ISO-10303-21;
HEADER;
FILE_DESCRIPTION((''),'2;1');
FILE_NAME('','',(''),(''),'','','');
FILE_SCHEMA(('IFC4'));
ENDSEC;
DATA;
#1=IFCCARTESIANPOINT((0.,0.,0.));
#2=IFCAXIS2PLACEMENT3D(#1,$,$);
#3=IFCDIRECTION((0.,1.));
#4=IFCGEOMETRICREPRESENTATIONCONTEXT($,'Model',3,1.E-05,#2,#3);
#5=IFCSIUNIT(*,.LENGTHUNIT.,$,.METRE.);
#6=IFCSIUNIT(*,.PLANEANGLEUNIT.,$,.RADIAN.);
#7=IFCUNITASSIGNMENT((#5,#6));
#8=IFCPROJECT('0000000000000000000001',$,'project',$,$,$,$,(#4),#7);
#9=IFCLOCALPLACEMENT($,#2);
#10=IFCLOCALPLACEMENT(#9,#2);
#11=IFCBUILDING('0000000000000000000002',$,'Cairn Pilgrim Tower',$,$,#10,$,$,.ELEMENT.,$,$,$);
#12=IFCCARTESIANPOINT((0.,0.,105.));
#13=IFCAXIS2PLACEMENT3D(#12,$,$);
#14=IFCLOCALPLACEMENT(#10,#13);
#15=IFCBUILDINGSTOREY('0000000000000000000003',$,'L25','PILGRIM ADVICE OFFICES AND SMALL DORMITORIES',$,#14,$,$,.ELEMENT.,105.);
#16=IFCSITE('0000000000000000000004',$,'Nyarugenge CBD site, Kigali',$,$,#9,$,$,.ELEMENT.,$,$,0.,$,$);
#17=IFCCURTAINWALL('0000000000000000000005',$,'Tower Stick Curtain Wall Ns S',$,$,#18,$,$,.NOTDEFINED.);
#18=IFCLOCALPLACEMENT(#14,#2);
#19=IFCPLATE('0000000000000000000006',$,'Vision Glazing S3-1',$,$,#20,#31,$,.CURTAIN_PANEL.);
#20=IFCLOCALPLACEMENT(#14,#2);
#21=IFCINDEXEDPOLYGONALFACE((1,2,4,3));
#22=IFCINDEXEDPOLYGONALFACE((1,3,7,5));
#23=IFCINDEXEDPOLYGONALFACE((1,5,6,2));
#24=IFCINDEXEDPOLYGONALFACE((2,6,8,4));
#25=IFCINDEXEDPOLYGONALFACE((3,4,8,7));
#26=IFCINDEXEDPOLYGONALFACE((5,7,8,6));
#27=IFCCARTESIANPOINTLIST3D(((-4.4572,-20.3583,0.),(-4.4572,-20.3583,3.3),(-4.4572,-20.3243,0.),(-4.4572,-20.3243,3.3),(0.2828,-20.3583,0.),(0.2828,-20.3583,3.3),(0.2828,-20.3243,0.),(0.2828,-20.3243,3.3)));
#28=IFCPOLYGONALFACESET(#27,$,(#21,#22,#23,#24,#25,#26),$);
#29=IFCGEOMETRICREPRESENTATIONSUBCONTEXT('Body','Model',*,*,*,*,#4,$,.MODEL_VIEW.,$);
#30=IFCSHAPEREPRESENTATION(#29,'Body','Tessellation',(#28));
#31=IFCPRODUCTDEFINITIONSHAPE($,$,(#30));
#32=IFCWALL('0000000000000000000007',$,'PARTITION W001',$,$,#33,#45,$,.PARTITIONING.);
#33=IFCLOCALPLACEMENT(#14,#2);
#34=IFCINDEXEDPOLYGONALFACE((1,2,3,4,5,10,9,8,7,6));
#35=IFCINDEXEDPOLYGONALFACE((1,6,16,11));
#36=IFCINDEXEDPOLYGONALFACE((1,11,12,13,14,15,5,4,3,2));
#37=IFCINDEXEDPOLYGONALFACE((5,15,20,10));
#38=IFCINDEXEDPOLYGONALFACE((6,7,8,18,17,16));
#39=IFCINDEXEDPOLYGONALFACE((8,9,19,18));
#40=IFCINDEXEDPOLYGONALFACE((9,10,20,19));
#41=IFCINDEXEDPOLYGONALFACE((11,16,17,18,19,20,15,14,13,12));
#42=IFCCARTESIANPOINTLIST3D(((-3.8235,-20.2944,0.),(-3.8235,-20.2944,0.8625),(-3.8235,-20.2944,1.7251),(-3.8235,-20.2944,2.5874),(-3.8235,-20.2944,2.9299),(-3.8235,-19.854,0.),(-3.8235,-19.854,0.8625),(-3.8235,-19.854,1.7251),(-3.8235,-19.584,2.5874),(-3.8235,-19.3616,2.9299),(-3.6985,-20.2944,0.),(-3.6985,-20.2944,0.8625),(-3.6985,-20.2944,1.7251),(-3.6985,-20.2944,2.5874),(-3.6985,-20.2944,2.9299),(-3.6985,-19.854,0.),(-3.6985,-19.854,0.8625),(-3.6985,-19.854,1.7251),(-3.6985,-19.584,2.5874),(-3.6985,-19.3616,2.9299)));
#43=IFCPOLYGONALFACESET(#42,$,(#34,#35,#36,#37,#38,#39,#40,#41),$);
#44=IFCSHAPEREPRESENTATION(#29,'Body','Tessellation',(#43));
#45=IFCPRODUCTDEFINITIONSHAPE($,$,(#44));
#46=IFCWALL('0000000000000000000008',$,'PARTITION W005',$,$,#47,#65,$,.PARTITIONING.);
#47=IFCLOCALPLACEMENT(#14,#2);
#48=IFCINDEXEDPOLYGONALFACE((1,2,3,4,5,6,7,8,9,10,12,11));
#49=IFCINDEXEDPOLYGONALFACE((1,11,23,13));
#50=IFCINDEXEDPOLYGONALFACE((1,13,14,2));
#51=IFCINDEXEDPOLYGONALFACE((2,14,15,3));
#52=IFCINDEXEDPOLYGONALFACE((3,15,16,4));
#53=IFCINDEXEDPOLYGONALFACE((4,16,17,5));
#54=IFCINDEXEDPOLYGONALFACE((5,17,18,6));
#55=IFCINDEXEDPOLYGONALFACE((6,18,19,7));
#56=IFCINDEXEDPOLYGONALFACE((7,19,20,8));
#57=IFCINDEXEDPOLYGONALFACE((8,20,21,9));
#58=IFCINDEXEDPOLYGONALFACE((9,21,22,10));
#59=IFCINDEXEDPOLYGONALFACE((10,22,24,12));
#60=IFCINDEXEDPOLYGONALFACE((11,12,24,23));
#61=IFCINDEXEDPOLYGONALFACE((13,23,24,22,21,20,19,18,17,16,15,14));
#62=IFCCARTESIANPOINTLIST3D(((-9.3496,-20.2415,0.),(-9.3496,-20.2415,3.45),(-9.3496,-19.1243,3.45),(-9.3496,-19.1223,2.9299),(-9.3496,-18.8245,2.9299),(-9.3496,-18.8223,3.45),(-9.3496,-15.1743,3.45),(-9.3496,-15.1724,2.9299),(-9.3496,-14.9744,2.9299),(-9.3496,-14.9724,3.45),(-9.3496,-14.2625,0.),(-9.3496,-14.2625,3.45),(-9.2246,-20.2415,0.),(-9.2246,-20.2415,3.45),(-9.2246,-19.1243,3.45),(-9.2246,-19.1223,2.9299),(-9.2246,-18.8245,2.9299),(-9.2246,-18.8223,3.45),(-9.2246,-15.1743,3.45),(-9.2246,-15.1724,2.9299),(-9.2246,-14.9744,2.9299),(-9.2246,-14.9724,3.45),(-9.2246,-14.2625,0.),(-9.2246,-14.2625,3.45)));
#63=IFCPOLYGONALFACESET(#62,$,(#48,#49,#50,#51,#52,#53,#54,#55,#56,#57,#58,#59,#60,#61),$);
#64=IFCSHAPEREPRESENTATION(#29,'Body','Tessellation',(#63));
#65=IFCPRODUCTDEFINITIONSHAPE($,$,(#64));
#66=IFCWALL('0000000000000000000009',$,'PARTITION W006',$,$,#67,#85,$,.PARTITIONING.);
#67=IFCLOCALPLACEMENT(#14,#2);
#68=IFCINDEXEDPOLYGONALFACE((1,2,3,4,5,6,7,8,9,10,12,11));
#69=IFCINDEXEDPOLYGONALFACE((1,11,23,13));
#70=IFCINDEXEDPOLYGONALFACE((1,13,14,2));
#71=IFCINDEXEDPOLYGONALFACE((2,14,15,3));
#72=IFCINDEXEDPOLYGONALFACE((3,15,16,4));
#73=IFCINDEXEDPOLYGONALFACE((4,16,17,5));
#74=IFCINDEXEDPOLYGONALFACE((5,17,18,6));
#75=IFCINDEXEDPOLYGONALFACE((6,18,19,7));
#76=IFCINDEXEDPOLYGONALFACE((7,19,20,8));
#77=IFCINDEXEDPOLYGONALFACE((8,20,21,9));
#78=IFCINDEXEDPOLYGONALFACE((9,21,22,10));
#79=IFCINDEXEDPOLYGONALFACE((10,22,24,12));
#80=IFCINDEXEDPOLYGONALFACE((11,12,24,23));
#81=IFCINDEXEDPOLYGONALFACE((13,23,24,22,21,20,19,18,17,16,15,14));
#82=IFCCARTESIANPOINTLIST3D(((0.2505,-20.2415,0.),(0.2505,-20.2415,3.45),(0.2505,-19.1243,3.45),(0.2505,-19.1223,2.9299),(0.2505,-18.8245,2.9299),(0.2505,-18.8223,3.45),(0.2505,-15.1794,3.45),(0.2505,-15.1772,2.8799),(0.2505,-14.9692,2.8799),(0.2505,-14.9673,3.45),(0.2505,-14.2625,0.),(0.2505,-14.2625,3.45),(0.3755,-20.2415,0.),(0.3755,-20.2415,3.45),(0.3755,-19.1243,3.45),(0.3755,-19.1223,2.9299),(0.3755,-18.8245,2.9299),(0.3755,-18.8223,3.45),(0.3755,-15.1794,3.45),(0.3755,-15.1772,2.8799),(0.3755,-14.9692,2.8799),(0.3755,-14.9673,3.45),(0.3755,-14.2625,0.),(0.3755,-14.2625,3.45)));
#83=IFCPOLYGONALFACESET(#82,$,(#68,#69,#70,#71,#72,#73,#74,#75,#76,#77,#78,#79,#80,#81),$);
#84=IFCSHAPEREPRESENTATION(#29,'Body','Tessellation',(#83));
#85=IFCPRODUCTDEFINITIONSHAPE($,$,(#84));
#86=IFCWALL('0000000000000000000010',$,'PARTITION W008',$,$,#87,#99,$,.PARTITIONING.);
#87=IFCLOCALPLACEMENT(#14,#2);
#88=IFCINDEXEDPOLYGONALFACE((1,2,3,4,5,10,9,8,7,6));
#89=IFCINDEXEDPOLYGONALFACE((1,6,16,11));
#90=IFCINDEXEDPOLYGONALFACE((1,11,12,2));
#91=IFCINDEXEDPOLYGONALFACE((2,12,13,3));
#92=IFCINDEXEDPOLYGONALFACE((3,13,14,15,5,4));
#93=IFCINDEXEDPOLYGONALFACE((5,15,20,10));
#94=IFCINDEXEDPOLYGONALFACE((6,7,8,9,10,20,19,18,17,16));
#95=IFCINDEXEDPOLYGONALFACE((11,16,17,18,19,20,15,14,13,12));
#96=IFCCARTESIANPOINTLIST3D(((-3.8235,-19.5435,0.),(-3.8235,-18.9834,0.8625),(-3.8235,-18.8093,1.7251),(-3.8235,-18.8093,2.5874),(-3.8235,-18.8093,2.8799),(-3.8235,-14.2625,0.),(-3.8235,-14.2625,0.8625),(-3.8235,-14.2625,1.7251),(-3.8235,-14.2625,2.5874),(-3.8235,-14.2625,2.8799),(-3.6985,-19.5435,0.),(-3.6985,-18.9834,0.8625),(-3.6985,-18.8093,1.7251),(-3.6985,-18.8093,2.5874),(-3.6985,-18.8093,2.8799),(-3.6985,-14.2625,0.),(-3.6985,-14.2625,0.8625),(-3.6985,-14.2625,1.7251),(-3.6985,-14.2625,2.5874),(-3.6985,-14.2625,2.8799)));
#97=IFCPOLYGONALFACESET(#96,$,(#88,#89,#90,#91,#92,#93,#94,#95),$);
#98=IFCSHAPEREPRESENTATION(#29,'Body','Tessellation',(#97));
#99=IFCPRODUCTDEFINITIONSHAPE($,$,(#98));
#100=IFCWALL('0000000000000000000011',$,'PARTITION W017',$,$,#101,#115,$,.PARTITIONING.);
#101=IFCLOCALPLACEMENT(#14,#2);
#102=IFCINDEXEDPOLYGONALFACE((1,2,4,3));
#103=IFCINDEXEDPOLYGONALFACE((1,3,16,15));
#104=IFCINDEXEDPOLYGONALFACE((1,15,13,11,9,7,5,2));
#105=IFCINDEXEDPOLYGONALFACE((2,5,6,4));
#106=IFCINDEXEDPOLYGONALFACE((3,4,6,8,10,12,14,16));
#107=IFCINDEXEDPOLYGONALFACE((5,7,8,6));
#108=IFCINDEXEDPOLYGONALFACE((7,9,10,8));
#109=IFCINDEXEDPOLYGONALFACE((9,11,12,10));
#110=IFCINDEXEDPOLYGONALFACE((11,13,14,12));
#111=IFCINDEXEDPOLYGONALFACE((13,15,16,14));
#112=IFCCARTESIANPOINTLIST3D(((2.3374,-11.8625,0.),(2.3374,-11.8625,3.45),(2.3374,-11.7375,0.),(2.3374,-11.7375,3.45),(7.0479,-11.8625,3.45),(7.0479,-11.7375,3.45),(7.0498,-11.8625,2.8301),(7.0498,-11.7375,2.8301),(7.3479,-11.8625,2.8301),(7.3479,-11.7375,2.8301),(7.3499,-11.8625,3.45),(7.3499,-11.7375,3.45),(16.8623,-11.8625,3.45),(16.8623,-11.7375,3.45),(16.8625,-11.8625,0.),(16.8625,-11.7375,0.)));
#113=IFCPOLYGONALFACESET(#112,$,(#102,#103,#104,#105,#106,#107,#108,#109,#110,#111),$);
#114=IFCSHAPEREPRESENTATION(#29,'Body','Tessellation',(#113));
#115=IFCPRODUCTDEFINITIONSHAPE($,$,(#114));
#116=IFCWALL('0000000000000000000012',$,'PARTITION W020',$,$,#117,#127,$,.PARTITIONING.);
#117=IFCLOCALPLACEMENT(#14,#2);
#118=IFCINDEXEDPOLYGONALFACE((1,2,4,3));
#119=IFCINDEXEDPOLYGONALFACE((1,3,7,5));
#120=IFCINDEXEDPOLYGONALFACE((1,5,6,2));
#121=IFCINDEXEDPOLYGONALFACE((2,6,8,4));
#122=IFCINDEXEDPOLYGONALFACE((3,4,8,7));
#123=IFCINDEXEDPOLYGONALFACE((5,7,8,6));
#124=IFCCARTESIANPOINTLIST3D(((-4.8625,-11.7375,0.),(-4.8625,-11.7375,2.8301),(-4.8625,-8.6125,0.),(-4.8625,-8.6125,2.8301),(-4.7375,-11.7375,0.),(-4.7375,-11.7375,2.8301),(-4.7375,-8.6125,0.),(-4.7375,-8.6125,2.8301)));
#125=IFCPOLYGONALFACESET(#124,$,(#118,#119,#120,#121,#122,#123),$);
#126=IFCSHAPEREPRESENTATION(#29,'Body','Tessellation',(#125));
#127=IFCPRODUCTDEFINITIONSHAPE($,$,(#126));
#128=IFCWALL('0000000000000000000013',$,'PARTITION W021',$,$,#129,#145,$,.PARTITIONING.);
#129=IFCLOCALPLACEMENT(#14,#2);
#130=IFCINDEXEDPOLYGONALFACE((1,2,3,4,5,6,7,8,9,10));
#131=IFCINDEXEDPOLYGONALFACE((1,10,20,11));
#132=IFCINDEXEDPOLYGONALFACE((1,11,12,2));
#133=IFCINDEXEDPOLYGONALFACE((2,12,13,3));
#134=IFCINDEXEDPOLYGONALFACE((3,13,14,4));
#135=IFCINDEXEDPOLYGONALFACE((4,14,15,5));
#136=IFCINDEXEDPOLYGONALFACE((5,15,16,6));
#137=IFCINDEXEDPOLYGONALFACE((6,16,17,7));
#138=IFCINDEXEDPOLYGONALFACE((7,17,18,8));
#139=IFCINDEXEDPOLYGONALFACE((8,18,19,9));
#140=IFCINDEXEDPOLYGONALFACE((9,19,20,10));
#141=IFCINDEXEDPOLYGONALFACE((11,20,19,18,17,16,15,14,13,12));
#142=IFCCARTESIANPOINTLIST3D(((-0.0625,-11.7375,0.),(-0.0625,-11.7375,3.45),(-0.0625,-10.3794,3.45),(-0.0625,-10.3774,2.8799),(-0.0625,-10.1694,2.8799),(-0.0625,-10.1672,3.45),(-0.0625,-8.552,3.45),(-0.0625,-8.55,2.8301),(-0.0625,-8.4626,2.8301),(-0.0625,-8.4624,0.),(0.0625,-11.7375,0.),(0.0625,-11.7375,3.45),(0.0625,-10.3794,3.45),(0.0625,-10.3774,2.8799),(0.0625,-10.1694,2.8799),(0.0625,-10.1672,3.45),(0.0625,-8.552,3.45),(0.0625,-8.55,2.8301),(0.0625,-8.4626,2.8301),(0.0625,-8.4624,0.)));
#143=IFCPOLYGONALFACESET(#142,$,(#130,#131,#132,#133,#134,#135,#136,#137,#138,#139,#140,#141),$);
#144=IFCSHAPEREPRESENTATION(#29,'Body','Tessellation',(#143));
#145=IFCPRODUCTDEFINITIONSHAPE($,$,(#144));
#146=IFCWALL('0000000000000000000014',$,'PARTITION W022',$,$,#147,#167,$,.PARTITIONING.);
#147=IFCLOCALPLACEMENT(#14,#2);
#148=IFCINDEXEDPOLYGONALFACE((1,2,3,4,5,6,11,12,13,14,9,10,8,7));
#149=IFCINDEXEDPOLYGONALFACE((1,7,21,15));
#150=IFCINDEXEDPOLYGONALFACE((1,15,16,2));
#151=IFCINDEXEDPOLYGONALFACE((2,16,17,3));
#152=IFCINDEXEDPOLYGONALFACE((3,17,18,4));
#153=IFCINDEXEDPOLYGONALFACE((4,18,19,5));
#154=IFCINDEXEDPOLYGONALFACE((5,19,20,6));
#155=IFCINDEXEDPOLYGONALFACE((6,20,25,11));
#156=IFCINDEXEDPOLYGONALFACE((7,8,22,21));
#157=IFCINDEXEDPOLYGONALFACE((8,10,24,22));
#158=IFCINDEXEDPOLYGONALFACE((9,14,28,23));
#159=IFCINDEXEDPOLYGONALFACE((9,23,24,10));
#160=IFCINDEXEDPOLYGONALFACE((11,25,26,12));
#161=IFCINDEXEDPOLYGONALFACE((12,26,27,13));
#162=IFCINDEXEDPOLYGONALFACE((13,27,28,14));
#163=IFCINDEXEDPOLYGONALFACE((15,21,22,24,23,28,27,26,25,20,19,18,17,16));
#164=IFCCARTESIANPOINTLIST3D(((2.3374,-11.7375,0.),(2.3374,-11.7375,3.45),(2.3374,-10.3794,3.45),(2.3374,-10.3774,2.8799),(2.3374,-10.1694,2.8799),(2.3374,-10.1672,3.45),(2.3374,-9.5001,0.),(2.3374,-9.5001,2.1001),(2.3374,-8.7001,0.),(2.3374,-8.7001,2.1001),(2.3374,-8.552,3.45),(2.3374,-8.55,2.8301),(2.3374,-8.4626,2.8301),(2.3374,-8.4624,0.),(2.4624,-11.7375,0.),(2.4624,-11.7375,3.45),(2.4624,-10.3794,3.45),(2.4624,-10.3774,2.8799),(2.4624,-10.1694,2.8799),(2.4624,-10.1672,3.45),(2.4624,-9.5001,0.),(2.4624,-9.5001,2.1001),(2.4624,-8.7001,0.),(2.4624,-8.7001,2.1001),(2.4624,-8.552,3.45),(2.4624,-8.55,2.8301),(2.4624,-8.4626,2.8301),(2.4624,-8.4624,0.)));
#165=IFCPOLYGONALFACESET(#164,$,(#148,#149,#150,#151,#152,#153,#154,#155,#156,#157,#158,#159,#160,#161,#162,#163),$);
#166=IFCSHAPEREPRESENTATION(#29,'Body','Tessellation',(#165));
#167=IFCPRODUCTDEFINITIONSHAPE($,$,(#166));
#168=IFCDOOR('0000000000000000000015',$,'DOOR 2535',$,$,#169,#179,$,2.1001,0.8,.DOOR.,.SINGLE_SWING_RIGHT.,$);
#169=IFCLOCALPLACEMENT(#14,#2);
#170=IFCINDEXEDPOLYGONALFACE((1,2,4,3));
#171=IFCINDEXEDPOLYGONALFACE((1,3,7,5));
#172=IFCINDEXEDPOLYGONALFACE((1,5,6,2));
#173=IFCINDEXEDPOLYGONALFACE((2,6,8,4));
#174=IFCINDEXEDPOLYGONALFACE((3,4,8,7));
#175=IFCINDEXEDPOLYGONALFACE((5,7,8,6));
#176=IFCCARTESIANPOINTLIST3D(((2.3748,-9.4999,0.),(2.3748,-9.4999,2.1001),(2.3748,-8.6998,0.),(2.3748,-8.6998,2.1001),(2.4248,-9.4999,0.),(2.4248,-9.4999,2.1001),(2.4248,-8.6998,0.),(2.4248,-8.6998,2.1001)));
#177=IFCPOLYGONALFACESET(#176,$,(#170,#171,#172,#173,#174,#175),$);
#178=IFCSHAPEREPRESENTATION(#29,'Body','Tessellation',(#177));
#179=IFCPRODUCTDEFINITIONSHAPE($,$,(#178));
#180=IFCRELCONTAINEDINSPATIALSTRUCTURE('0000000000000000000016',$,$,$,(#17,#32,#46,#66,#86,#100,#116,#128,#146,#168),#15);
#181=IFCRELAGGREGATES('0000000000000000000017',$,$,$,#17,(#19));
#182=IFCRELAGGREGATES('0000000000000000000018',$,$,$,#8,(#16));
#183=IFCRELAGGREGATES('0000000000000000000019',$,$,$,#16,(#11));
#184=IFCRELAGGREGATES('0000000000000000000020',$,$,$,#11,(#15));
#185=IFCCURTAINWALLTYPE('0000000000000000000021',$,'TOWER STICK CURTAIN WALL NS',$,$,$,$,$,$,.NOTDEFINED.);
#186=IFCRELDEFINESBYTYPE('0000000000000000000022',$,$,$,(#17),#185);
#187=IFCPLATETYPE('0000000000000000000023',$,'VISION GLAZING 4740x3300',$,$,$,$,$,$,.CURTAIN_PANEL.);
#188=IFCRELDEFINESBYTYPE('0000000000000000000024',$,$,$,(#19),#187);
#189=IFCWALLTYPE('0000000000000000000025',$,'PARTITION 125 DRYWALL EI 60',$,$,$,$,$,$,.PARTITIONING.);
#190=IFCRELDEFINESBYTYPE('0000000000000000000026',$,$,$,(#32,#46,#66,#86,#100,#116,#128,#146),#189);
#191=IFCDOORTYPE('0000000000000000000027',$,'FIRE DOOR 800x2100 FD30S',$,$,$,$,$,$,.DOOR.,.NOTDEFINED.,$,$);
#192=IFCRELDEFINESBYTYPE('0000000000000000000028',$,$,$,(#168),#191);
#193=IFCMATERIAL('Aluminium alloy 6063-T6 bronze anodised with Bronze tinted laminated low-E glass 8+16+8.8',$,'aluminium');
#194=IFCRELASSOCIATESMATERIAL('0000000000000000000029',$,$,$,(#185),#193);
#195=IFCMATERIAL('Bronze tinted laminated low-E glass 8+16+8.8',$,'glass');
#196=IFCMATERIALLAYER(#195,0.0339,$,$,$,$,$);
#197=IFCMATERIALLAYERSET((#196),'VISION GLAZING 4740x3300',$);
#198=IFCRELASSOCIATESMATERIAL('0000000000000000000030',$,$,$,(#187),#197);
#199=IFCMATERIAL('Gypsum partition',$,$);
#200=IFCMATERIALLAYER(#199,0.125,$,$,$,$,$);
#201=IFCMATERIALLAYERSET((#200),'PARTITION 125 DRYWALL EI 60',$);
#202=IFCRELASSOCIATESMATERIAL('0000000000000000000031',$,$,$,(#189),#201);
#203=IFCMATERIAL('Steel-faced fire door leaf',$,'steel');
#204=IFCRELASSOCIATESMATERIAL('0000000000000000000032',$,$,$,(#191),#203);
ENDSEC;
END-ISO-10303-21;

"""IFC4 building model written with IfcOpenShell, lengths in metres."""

from ifc_helpers import new_model, si_unit, direction, frame, frame_2d, origin, origin_2d, place, context, subcontext, project, spatial, polyline, rectangle, outline, extrude, material, layer, layer_set, type_object, element, fill, aggregate, save


model = new_model("IFC4")

# Units and contexts
model_context = context("Model", 3, precision=1e-05, world=origin(), true_north=direction((0.0, 1.0)))
body_context = subcontext(model_context, "Body", "Model", "MODEL_VIEW")
ifc_project = project(units=[si_unit("LENGTHUNIT", "METRE"), si_unit("PLANEANGLEUNIT", "RADIAN")], contexts=[model_context])

# Site, building, storey
site_placement = place(None, origin())
site = spatial("IfcSite", under=ifc_project, at=site_placement, Name="Nyarugenge CBD site, Kigali", CompositionType="ELEMENT", RefElevation=0.0)
building_placement = place(site_placement, origin())
building = spatial("IfcBuilding", under=site, at=building_placement, Name="Cairn Pilgrim Tower", CompositionType="ELEMENT")
storey_placement = place(building_placement, frame((0.0, 0.0, 105.0)))
storey = spatial("IfcBuildingStorey", under=building, at=storey_placement, Name="L25", Description="PILGRIM ADVICE OFFICES AND SMALL DORMITORIES", CompositionType="ELEMENT", Elevation=105.0)

# Curtain wall
ifc_material_1 = material(Name="Aluminium alloy 6063-T6 bronze anodised with Bronze tinted laminated low-E glass 8+16+8.8", Category="aluminium")
curtain_wall_type = type_object("IfcCurtainWallType", Name="TOWER STICK CURTAIN WALL NS", PredefinedType="NOTDEFINED", material=ifc_material_1)
curtain_wall_placement = place(storey_placement, origin())
curtain_wall = element("IfcCurtainWall", 1, at=curtain_wall_placement, inside=storey, type_object=curtain_wall_type, Name="Tower Stick Curtain Wall Ns S", PredefinedType="NOTDEFINED")

# Plate
ifc_material_2 = material(Name="Bronze tinted laminated low-E glass 8+16+8.8", Category="glass")
ifc_layer_1 = layer(ifc_material_2, 0.0339)
ifc_layer_set_1 = layer_set([ifc_layer_1], Name="VISION GLAZING 4740x3300")
plate_type_1 = type_object("IfcPlateType", Name="VISION GLAZING 4740x3300", PredefinedType="CURTAIN_PANEL", material=ifc_layer_set_1)
plate_1_placement = place(storey_placement, frame((-2.0872, -20.3413, 0.0), z_axis=(0.0, 0.0, 1.0), x_axis=(1.0, 0.0, 0.0)))
plate_1 = element("IfcPlate", 2, at=plate_1_placement, type_object=plate_type_1, Name="Vision Glazing S3-1", PredefinedType="CURTAIN_PANEL", context=body_context, shape_type="SweptSolid", body=[
    extrude(rectangle(XDim=4.74, YDim=0.0339, at=origin_2d()), origin(), (0.0, 0.0, 1.0), 3.3),
])
aggregate(curtain_wall, [plate_1])

# Walls
ifc_material_3 = material(Name="Gypsum partition")
ifc_layer_2 = layer(ifc_material_3, 0.125)
ifc_layer_set_2 = layer_set([ifc_layer_2], Name="PARTITION 125 DRYWALL EI 60")
wall_type_1 = type_object("IfcWallType", Name="PARTITION 125 DRYWALL EI 60", PredefinedType="PARTITIONING", material=ifc_layer_set_2)
wall_1_placement = place(storey_placement, frame((-3.761, -20.2944, 0.0), z_axis=(0.0, 0.0, 1.0), x_axis=(0.0, 1.0, 0.0)))
element("IfcWall", 3, at=wall_1_placement, inside=storey, type_object=wall_type_1, Name="PARTITION W001", PredefinedType="PARTITIONING", context=body_context, shape_type="SweptSolid", body=[
    extrude(outline(polyline([(0.0, 0.0), (0.4404, 0.0), (0.4404, 0.8625), (0.4404, 1.7251), (0.7104, 2.5874), (0.9329, 2.9299), (0.0, 2.9299), (0.0, 2.5874), (0.0, 1.7251), (0.0, 0.8625), (0.0, 0.0)])), frame((0.0, 0.0625, 0.0), z_axis=(0.0, -1.0, 0.0), x_axis=(1.0, 0.0, 0.0)), (0.0, 0.0, 1.0), 0.125),
])
wall_2_placement = place(storey_placement, frame((-9.2871, -20.2415, 0.0), z_axis=(0.0, 0.0, 1.0), x_axis=(0.0, 1.0, 0.0)))
element("IfcWall", 4, at=wall_2_placement, inside=storey, type_object=wall_type_1, Name="PARTITION W005", PredefinedType="PARTITIONING", context=body_context, shape_type="SweptSolid", body=[
    extrude(outline(polyline([(0.0, 0.0), (5.979, 0.0), (5.979, 3.45), (5.269, 3.45), (5.2671, 2.9299), (5.0691, 2.9299), (5.0671, 3.45), (1.4192, 3.45), (1.417, 2.9299), (1.1191, 2.9299), (1.1172, 3.45), (0.0, 3.45), (0.0, 0.0)])), frame((0.0, 0.0625, 0.0), z_axis=(0.0, -1.0, 0.0), x_axis=(1.0, 0.0, 0.0)), (0.0, 0.0, 1.0), 0.125),
])
wall_3_placement = place(storey_placement, frame((0.313, -20.2415, 0.0), z_axis=(0.0, 0.0, 1.0), x_axis=(0.0, 1.0, 0.0)))
element("IfcWall", 5, at=wall_3_placement, inside=storey, type_object=wall_type_1, Name="PARTITION W006", PredefinedType="PARTITIONING", context=body_context, shape_type="SweptSolid", body=[
    extrude(outline(polyline([(0.0, 0.0), (5.979, 0.0), (5.979, 3.45), (5.2742, 3.45), (5.2722, 2.8799), (5.0642, 2.8799), (5.062, 3.45), (1.4192, 3.45), (1.417, 2.9299), (1.1191, 2.9299), (1.1172, 3.45), (0.0, 3.45), (0.0, 0.0)])), frame((0.0, 0.0625, 0.0), z_axis=(0.0, -1.0, 0.0), x_axis=(1.0, 0.0, 0.0)), (0.0, 0.0, 1.0), 0.125),
])
wall_4_placement = place(storey_placement, frame((-3.761, -19.5435, 0.0), z_axis=(0.0, 0.0, 1.0), x_axis=(0.0, 1.0, 0.0)))
element("IfcWall", 6, at=wall_4_placement, inside=storey, type_object=wall_type_1, Name="PARTITION W008", PredefinedType="PARTITIONING", context=body_context, shape_type="SweptSolid", body=[
    extrude(outline(polyline([(0.0, 0.0), (5.281, 0.0), (5.281, 0.8625), (5.281, 1.7251), (5.281, 2.5874), (5.281, 2.8799), (0.7341, 2.8799), (0.7341, 2.5874), (0.7341, 1.7251), (0.5601, 0.8625), (0.0, 0.0)])), frame((0.0, 0.0625, 0.0), z_axis=(0.0, -1.0, 0.0), x_axis=(1.0, 0.0, 0.0)), (0.0, 0.0, 1.0), 0.125),
])
wall_5_placement = place(storey_placement, frame((2.3374, -11.8, 0.0), z_axis=(0.0, 0.0, 1.0), x_axis=(1.0, 0.0, 0.0)))
element("IfcWall", 7, at=wall_5_placement, inside=storey, type_object=wall_type_1, Name="PARTITION W017", PredefinedType="PARTITIONING", context=body_context, shape_type="SweptSolid", body=[
    extrude(outline(polyline([(0.0, 0.0), (14.5251, 0.0), (14.5249, 3.45), (5.0125, 3.45), (5.0105, 2.8301), (4.7124, 2.8301), (4.7104, 3.45), (0.0, 3.45), (0.0, 0.0)])), frame((0.0, 0.0625, 0.0), z_axis=(0.0, -1.0, 0.0), x_axis=(1.0, 0.0, 0.0)), (0.0, 0.0, 1.0), 0.125),
])
wall_6_placement = place(storey_placement, frame((-4.8, -11.7375, 0.0), z_axis=(0.0, 0.0, 1.0), x_axis=(0.0, 1.0, 0.0)))
element("IfcWall", 8, at=wall_6_placement, inside=storey, type_object=wall_type_1, Name="PARTITION W020", PredefinedType="PARTITIONING", context=body_context, shape_type="SweptSolid", body=[
    extrude(rectangle(XDim=3.125, YDim=0.125, at=frame_2d((1.5625, 0.0))), origin(), (0.0, 0.0, 1.0), 2.8301),
])
wall_7_placement = place(storey_placement, frame((0.0, -11.7375, 0.0), z_axis=(0.0, 0.0, 1.0), x_axis=(0.0, 1.0, 0.0)))
element("IfcWall", 9, at=wall_7_placement, inside=storey, type_object=wall_type_1, Name="PARTITION W021", PredefinedType="PARTITIONING", context=body_context, shape_type="SweptSolid", body=[
    extrude(outline(polyline([(0.0, 0.0), (3.2751, 0.0), (3.2749, 2.8301), (3.1875, 2.8301), (3.1855, 3.45), (1.5703, 3.45), (1.5681, 2.8799), (1.3601, 2.8799), (1.3582, 3.45), (0.0, 3.45), (0.0, 0.0)])), frame((0.0, 0.0625, 0.0), z_axis=(0.0, -1.0, 0.0), x_axis=(1.0, 0.0, 0.0)), (0.0, 0.0, 1.0), 0.125),
])

# Wall, opening, door
wall_8_placement = place(storey_placement, frame((2.3999, -11.7375, 0.0), z_axis=(0.0, 0.0, 1.0), x_axis=(0.0, 1.0, 0.0)))
wall_8 = element("IfcWall", 10, at=wall_8_placement, inside=storey, type_object=wall_type_1, Name="PARTITION W022", PredefinedType="PARTITIONING", context=body_context, shape_type="SweptSolid", body=[
    extrude(outline(polyline([(0.0, 0.0), (3.2751, 0.0), (3.2749, 2.8301), (3.1875, 2.8301), (3.1855, 3.45), (1.5703, 3.45), (1.5681, 2.8799), (1.3601, 2.8799), (1.3582, 3.45), (0.0, 3.45), (0.0, 0.0)])), frame((0.0, 0.0625, 0.0), z_axis=(0.0, -1.0, 0.0), x_axis=(1.0, 0.0, 0.0)), (0.0, 0.0, 1.0), 0.125),
])
opening_1_placement = place(wall_8_placement, frame((2.2375, 0.0, 0.0)))
opening_1 = element("IfcOpeningElement", 11, at=opening_1_placement, cuts=wall_8, PredefinedType="OPENING", context=body_context, shape_type="SweptSolid", body=[
    extrude(rectangle(XDim=0.8, YDim=2.1001, at=frame_2d((0.3999, 1.05))), frame((0.0, 0.0725, 0.0), z_axis=(0.0, -1.0, 0.0), x_axis=(1.0, 0.0, 0.0)), (0.0, 0.0, 1.0), 0.145),
])
ifc_material_4 = material(Name="Steel-faced fire door leaf", Category="steel")
door_type_1 = type_object("IfcDoorType", Name="FIRE DOOR 800x2100 FD30S", OperationType="NOTDEFINED", PredefinedType="DOOR", material=ifc_material_4)
door_1_placement = place(opening_1_placement, frame((0.8, 0.0, 0.0), z_axis=(0.0, 0.0, 1.0), x_axis=(-1.0, 0.0, 0.0)))
door_1 = element("IfcDoor", 12, at=door_1_placement, inside=storey, type_object=door_type_1, Name="DOOR 2535", OperationType="SINGLE_SWING_RIGHT", OverallHeight=2.1001, OverallWidth=0.8, PredefinedType="DOOR", context=body_context, shape_type="SweptSolid", body=[
    extrude(rectangle(XDim=0.8, YDim=2.1001, at=frame_2d((0.3999, 1.05))), frame((0.0, 0.0249, 0.0), z_axis=(0.0, -1.0, 0.0), x_axis=(1.0, 0.0, 0.0)), (0.0, 0.0, 1.0), 0.05),
])
fill(opening_1, door_1)

save(model, "model.ifc")
